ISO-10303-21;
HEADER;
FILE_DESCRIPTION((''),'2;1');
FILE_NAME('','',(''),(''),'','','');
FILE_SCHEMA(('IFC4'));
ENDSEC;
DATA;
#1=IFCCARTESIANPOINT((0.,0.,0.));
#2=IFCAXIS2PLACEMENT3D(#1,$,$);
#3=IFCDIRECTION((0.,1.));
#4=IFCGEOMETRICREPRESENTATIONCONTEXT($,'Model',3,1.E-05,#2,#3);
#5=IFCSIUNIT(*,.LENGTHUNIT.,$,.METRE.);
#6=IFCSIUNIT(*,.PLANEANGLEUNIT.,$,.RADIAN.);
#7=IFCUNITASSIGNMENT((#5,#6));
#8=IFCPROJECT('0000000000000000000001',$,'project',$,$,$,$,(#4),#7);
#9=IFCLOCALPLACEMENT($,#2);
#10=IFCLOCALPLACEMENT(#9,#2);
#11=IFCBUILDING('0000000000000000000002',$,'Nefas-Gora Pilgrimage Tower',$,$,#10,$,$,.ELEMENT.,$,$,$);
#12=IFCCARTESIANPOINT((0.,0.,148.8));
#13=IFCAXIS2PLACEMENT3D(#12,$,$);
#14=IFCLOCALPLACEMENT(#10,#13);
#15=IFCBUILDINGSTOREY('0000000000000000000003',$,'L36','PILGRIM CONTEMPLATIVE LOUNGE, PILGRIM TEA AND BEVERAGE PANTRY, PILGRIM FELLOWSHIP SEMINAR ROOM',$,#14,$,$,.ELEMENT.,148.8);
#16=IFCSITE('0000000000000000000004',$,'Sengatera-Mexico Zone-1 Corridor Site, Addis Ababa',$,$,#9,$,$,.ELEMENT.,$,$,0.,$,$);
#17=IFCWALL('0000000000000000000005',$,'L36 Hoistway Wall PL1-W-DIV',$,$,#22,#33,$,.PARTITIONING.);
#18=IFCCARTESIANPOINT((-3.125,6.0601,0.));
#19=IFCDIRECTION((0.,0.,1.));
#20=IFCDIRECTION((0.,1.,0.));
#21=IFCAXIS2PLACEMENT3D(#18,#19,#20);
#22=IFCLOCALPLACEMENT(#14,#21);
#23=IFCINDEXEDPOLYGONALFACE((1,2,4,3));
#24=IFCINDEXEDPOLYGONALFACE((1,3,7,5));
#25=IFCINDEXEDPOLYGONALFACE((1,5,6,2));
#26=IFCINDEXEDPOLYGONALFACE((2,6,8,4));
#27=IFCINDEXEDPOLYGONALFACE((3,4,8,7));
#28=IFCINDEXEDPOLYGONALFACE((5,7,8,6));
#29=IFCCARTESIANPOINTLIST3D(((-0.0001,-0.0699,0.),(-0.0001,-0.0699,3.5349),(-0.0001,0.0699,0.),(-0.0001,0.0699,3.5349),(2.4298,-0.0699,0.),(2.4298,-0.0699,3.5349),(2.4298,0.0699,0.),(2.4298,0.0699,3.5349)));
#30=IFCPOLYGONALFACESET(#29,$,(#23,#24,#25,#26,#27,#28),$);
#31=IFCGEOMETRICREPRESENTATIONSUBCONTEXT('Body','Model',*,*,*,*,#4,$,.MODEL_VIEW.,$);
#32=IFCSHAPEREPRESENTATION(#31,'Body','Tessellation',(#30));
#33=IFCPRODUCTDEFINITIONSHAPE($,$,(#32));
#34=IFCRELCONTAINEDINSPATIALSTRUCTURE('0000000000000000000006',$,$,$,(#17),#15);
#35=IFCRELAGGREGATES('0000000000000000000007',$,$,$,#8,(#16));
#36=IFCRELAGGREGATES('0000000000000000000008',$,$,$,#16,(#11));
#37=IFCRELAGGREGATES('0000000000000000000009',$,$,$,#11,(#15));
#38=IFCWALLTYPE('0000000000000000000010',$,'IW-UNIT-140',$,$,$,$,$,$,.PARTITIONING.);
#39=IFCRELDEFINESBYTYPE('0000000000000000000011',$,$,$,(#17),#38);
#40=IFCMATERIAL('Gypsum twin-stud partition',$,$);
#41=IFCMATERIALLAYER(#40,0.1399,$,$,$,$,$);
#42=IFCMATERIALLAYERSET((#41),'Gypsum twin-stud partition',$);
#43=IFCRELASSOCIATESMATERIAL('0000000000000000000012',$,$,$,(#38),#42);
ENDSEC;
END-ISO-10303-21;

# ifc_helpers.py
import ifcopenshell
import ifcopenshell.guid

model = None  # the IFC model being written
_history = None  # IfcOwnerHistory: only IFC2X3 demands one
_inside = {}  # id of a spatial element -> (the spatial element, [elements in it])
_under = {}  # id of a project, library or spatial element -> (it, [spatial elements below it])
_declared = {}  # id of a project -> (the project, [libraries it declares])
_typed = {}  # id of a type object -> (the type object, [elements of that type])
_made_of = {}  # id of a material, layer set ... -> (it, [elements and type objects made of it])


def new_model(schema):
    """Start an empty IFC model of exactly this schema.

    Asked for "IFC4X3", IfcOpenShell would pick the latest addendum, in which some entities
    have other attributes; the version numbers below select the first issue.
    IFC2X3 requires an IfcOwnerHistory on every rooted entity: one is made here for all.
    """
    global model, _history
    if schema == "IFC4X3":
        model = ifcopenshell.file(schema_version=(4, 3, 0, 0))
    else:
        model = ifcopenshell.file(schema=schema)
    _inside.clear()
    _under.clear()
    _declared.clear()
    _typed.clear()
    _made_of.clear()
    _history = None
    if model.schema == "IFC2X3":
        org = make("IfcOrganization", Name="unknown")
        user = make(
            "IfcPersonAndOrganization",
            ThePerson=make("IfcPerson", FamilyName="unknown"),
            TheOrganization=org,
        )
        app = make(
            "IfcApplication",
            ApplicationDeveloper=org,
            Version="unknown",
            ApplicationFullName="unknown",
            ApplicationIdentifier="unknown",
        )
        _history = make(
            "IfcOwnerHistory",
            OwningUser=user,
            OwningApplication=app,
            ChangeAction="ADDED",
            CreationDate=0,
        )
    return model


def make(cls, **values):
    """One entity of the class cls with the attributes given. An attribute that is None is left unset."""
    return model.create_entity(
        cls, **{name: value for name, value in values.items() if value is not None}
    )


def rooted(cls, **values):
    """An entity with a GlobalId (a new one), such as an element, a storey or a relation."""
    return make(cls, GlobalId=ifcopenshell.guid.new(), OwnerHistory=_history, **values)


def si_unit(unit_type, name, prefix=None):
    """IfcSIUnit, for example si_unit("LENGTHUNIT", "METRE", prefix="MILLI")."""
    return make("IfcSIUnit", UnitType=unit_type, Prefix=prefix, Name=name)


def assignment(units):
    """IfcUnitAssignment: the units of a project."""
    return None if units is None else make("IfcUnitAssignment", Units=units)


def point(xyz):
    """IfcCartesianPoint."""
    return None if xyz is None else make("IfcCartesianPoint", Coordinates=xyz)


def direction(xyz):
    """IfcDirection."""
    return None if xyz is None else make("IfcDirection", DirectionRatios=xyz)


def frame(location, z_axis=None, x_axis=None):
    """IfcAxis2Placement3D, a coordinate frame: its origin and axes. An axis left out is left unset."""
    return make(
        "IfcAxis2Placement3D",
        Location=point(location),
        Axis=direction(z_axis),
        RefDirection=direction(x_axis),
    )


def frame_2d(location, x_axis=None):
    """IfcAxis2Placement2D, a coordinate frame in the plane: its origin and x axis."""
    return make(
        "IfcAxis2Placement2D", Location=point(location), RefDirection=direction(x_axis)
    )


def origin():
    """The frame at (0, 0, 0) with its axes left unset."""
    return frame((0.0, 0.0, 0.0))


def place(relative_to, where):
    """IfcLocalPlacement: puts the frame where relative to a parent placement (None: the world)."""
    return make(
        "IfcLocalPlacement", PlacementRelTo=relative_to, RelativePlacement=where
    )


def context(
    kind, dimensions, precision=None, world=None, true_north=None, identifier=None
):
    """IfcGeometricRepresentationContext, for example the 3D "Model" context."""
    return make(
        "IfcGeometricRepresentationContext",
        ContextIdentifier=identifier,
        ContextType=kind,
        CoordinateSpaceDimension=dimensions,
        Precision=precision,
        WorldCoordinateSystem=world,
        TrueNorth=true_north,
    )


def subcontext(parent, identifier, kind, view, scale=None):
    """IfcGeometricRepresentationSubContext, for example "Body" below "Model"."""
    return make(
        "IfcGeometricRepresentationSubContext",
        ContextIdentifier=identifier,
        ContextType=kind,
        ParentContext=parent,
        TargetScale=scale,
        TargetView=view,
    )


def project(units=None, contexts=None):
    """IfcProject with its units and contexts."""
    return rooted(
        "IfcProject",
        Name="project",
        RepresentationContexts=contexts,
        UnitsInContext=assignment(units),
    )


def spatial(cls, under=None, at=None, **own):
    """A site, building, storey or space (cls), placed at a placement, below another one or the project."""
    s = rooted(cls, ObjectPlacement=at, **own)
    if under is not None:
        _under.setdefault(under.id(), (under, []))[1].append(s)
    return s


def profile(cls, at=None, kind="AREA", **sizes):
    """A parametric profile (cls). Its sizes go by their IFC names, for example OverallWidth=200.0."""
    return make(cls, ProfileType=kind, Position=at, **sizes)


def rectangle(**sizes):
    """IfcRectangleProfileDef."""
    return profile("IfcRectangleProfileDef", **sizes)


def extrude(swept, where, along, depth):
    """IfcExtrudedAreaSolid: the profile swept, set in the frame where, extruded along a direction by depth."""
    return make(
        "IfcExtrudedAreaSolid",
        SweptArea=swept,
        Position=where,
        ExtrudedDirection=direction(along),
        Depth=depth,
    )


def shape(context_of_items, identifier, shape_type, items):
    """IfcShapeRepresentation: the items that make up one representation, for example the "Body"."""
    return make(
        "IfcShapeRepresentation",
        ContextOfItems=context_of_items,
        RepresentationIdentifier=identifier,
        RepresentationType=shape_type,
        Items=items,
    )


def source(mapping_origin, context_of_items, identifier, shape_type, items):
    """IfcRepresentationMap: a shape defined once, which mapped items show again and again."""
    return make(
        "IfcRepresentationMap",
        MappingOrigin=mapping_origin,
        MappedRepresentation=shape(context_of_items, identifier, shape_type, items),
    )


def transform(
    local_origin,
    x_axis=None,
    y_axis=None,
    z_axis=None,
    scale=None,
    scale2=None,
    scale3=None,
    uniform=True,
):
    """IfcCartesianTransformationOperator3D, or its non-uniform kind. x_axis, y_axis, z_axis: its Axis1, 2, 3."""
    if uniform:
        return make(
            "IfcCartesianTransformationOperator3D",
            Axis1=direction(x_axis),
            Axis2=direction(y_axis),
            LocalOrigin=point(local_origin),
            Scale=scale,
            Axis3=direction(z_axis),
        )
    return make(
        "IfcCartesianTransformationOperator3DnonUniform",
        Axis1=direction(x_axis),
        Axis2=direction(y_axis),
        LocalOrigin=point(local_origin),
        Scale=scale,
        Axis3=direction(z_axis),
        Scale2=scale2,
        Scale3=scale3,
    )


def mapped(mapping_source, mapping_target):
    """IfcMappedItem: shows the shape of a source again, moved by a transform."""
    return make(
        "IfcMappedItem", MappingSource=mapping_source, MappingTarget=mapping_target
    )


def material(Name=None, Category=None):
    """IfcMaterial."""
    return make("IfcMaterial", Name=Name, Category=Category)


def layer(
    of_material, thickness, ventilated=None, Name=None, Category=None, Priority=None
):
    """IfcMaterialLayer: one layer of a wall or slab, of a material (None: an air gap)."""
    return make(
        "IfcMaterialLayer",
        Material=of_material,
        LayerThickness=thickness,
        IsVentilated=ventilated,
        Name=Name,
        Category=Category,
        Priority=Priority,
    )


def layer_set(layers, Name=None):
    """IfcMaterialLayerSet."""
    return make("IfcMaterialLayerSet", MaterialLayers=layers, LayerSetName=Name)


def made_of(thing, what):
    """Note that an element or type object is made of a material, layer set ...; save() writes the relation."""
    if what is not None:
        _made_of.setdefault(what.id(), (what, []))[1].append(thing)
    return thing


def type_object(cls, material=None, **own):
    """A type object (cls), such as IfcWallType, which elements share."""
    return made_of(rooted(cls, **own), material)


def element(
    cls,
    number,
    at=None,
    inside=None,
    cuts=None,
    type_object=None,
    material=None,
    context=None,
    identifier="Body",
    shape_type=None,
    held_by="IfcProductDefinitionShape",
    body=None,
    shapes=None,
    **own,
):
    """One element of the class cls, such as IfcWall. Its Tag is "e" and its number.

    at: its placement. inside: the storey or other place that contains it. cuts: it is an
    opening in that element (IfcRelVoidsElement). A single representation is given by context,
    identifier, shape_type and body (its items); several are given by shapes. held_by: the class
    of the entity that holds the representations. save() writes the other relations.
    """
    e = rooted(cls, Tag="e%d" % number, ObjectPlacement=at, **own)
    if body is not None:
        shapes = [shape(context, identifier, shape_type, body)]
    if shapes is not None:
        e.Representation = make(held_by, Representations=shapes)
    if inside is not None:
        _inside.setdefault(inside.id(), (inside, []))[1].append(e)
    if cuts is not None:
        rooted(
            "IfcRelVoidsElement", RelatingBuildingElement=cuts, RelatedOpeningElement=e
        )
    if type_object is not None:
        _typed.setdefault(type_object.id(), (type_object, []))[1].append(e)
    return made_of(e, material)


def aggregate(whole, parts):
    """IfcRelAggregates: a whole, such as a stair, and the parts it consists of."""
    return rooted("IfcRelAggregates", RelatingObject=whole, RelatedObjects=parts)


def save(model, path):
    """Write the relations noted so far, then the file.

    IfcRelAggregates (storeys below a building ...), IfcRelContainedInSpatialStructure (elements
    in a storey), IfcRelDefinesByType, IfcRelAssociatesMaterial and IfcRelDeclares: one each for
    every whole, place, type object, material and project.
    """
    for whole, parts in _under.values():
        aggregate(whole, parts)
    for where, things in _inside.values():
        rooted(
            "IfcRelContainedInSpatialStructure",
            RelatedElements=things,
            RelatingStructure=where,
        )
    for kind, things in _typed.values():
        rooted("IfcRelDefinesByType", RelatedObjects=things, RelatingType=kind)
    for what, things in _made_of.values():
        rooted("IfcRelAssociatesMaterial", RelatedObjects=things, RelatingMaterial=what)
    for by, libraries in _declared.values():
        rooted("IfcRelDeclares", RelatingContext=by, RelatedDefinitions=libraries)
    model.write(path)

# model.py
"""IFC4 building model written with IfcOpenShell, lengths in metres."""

from ifc_helpers import new_model, si_unit, direction, frame, frame_2d, origin, place, context, subcontext, project, spatial, rectangle, extrude, source, transform, mapped, material, layer, layer_set, type_object, element, save


model = new_model("IFC4")

# Units and contexts
model_context = context("Model", 3, precision=1e-05, world=origin(), true_north=direction((0.0, 1.0)))
body_context = subcontext(model_context, "Body", "Model", "MODEL_VIEW")
ifc_project = project(units=[si_unit("LENGTHUNIT", "METRE"), si_unit("PLANEANGLEUNIT", "RADIAN")], contexts=[model_context])

# Site, building, storey
site_placement = place(None, origin())
site = spatial("IfcSite", under=ifc_project, at=site_placement, Name="Sengatera-Mexico Zone-1 Corridor Site, Addis Ababa", CompositionType="ELEMENT", RefElevation=0.0)
building_placement = place(site_placement, origin())
building = spatial("IfcBuilding", under=site, at=building_placement, Name="Nefas-Gora Pilgrimage Tower", CompositionType="ELEMENT")
storey_placement = place(building_placement, frame((0.0, 0.0, 148.8)))
storey = spatial("IfcBuildingStorey", under=building, at=storey_placement, Name="L36", Description="PILGRIM CONTEMPLATIVE LOUNGE, PILGRIM TEA AND BEVERAGE PANTRY, PILGRIM FELLOWSHIP SEMINAR ROOM", CompositionType="ELEMENT", Elevation=148.8)

# Wall
ifc_material_1 = material(Name="Gypsum twin-stud partition")
ifc_layer_1 = layer(ifc_material_1, 0.1399)
ifc_layer_set_1 = layer_set([ifc_layer_1], Name="Gypsum twin-stud partition")
wall_type_1 = type_object("IfcWallType", Name="IW-UNIT-140", PredefinedType="PARTITIONING", material=ifc_layer_set_1)
shared_shape_1 = source(origin(), body_context, "Body", "SweptSolid", [
    extrude(rectangle(XDim=2.4299, YDim=0.1399, at=frame_2d((1.2148, 0.0))), origin(), (0.0, 0.0, 1.0), 3.5349),
])
wall_1_placement = place(storey_placement, frame((-3.125, 6.0601, 0.0), z_axis=(0.0, 0.0, 1.0), x_axis=(0.0, 1.0, 0.0)))
element("IfcWall", 1, at=wall_1_placement, inside=storey, type_object=wall_type_1, Name="L36 Hoistway Wall PL1-W-DIV", PredefinedType="PARTITIONING", context=body_context, shape_type="MappedRepresentation", body=[
    mapped(shared_shape_1, transform((0.0, 0.0, 0.0), x_axis=(1.0, 0.0, 0.0), y_axis=(0.0, 1.0, 0.0), z_axis=(0.0, 0.0, 1.0), scale=1.0)),
])

save(model, "model.ifc")
